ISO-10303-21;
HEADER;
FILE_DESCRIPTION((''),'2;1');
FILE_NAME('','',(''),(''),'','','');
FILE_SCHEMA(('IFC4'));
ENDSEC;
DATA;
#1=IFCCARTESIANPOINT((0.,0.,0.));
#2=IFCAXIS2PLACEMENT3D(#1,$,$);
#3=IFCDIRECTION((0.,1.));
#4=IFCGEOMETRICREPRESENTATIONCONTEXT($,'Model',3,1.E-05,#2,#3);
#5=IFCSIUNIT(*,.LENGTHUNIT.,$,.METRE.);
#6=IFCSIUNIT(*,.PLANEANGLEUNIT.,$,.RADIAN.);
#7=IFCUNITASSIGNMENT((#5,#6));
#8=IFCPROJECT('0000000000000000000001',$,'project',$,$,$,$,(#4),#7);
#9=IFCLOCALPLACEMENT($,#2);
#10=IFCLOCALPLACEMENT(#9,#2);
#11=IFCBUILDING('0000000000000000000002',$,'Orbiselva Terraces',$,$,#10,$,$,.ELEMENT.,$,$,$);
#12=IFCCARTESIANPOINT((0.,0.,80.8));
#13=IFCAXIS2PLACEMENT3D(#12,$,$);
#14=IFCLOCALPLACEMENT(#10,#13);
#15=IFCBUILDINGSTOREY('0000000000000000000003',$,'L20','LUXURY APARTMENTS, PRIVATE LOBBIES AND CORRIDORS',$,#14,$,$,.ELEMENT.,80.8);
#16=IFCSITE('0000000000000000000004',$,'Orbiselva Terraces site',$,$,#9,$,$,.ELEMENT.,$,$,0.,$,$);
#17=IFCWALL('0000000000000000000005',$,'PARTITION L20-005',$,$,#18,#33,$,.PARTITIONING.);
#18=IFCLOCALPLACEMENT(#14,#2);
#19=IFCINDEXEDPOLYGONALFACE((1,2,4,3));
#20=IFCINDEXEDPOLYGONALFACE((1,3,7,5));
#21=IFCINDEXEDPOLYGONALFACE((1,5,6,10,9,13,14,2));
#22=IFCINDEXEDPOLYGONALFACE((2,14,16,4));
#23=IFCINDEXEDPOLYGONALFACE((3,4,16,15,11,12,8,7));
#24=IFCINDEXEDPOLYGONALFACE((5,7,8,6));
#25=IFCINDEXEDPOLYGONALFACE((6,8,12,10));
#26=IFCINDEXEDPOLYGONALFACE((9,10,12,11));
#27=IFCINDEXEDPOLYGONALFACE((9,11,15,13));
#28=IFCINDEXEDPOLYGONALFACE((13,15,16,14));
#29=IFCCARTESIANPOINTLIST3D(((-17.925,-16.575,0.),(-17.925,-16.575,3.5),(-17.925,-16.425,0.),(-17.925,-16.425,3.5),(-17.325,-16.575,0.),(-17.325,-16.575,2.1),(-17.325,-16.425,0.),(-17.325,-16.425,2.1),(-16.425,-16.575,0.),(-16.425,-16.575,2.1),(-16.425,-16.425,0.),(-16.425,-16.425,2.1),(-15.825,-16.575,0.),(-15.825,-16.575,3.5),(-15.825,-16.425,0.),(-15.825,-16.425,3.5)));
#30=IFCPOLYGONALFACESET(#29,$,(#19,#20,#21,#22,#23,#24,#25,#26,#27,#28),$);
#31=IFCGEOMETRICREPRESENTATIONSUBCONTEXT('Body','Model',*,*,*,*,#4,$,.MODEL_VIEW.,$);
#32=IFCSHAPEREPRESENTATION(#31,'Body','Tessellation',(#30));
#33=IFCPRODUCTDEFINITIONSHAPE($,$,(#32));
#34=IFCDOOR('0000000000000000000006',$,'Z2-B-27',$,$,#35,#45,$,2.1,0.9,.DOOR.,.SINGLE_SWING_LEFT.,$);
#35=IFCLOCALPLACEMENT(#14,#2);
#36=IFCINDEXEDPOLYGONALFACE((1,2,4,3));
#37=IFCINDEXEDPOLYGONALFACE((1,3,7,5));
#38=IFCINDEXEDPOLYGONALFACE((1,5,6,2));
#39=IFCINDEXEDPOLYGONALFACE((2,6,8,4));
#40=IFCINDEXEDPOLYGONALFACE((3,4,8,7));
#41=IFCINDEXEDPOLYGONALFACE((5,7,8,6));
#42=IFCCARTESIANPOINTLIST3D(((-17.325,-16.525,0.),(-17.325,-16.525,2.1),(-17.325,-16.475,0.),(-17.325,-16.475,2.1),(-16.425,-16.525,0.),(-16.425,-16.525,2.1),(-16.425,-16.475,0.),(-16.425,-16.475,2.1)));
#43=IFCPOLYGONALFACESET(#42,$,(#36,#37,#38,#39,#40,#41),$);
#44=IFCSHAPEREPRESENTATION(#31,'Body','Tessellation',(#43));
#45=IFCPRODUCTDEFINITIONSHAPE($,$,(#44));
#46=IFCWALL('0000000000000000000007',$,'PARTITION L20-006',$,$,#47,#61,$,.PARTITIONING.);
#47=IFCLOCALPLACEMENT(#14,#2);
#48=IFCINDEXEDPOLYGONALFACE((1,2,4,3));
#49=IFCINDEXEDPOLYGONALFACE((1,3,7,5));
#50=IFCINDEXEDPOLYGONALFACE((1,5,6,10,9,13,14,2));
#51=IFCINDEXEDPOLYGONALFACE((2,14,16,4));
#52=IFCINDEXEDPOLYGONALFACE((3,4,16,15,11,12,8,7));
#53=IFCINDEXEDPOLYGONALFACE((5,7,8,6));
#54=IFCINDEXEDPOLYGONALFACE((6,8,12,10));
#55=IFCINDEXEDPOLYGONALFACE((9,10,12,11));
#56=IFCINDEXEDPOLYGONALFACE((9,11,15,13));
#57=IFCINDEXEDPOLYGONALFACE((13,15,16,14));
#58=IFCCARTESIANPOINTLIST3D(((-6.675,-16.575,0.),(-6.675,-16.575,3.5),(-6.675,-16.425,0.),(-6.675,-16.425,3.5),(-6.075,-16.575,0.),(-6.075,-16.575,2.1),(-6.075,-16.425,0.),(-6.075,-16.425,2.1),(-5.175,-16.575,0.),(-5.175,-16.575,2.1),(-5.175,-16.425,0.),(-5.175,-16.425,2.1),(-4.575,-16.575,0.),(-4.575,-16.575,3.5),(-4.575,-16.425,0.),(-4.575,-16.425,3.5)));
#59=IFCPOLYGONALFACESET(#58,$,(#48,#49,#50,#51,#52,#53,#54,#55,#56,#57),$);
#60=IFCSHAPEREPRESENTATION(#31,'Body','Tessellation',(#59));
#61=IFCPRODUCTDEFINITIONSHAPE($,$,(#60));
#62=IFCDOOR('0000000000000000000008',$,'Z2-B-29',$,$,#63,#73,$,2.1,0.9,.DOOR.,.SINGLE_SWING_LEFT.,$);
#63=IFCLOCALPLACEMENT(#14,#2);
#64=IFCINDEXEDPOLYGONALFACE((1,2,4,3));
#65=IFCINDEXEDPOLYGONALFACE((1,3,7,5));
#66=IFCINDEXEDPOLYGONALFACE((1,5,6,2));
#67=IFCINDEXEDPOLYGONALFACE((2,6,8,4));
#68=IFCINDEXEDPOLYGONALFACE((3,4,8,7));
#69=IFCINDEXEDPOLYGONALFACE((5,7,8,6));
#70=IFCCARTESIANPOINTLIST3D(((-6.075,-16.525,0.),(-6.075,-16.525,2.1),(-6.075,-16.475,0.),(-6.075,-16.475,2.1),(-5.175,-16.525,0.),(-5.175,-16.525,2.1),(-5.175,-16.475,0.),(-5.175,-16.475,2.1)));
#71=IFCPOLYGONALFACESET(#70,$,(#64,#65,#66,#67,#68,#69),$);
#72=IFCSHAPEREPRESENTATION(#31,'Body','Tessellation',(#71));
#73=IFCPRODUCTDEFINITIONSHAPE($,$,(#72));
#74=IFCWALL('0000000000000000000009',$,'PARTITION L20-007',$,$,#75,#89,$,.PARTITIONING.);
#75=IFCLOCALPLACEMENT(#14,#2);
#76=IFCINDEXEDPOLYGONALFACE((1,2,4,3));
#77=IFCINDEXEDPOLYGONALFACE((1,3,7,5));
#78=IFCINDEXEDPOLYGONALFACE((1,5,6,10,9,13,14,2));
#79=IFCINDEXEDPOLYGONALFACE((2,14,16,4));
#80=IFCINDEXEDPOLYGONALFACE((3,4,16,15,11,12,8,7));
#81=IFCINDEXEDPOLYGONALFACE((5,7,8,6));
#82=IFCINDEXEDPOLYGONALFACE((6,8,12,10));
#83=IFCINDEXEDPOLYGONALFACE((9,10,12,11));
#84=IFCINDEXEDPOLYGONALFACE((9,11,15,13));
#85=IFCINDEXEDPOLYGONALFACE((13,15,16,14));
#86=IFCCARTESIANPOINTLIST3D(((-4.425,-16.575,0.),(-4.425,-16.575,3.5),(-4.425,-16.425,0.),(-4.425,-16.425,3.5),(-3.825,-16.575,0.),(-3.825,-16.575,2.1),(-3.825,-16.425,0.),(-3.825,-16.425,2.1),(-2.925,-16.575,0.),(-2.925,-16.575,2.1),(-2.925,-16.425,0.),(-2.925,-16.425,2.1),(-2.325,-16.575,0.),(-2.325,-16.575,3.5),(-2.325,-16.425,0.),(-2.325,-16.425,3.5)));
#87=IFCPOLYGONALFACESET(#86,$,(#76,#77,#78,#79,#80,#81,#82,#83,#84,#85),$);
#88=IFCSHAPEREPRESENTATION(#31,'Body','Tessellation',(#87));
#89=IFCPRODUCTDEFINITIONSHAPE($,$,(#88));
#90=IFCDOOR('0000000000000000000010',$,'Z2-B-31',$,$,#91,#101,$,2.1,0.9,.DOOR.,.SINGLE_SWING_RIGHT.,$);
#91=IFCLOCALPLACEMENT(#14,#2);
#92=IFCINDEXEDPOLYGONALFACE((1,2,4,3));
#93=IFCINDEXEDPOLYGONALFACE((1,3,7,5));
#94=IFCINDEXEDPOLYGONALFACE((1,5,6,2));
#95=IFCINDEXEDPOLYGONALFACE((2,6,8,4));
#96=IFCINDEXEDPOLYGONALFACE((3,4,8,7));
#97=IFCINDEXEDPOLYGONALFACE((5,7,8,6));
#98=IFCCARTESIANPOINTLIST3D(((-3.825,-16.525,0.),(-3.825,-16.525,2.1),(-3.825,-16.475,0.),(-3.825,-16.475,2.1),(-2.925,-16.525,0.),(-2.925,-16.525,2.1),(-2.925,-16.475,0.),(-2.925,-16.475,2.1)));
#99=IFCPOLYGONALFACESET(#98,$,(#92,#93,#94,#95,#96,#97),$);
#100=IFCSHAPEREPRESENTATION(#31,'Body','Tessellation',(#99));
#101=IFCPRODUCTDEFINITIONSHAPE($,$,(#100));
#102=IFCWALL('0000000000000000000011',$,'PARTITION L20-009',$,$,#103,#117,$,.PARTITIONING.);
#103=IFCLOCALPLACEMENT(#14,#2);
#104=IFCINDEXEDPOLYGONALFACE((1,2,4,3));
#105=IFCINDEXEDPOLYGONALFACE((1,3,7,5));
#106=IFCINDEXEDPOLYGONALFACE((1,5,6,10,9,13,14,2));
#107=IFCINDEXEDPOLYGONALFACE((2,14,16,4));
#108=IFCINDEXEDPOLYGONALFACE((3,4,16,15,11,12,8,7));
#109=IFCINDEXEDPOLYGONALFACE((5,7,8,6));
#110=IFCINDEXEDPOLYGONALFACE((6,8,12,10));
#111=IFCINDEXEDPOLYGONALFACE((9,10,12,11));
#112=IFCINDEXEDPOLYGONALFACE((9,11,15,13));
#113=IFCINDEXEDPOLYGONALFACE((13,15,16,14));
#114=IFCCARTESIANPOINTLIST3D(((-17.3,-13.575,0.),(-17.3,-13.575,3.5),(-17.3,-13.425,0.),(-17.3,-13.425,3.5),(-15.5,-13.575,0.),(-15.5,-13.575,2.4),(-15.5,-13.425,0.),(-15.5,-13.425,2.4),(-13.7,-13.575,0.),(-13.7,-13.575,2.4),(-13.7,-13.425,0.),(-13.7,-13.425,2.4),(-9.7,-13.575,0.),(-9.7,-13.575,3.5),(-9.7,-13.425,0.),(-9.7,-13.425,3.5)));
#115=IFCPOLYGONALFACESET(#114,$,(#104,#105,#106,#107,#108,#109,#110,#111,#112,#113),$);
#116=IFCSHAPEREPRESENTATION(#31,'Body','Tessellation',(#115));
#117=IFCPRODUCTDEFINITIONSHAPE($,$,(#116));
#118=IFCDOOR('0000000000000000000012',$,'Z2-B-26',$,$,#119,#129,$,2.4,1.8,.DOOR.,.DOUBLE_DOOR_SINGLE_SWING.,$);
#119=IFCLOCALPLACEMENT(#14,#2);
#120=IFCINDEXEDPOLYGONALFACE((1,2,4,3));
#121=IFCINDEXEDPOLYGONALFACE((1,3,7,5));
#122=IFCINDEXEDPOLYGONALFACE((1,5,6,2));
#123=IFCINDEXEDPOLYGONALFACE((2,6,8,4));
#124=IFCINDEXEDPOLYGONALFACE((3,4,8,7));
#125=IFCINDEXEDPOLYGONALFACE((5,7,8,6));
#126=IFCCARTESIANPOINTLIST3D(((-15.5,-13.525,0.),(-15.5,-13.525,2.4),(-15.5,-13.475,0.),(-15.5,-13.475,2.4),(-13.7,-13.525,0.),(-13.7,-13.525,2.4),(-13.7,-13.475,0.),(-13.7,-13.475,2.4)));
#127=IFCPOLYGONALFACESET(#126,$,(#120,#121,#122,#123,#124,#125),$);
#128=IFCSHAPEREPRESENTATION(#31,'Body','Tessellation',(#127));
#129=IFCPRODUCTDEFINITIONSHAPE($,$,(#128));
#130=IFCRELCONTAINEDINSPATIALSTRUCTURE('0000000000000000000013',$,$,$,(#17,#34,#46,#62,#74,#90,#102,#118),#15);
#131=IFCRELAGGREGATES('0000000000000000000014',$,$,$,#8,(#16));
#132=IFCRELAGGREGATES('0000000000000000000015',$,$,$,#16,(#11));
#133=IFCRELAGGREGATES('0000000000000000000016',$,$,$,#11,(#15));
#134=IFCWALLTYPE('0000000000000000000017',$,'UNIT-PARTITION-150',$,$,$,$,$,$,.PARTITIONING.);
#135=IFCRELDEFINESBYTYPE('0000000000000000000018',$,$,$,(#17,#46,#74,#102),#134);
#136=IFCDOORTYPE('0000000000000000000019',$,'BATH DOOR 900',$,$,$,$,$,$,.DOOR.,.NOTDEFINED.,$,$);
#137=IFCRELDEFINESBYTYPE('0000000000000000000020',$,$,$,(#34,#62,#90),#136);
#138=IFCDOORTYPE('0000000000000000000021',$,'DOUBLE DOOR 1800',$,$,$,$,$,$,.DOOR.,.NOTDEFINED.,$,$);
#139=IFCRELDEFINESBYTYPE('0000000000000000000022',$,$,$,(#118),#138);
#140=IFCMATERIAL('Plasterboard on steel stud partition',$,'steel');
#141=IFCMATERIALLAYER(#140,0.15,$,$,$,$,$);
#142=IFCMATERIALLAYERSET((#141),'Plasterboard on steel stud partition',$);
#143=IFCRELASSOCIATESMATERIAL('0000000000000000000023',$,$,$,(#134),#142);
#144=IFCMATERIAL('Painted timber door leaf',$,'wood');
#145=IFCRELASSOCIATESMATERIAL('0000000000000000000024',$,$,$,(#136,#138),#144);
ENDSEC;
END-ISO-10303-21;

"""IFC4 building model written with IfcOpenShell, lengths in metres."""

from ifc_helpers import new_model, si_unit, direction, frame, frame_2d, origin, place, context, subcontext, project, spatial, rectangle, extrude, material, layer, layer_set, type_object, element, fill, save


model = new_model("IFC4")

# Units and contexts
model_context = context("Model", 3, precision=1e-05, world=origin(), true_north=direction((0.0, 1.0)))
body_context = subcontext(model_context, "Body", "Model", "MODEL_VIEW")
ifc_project = project(units=[si_unit("LENGTHUNIT", "METRE"), si_unit("PLANEANGLEUNIT", "RADIAN")], contexts=[model_context])

# Site, building, storey
site_placement = place(None, origin())
site = spatial("IfcSite", under=ifc_project, at=site_placement, Name="Orbiselva Terraces site", CompositionType="ELEMENT", RefElevation=0.0)
building_placement = place(site_placement, origin())
building = spatial("IfcBuilding", under=site, at=building_placement, Name="Orbiselva Terraces", CompositionType="ELEMENT")
storey_placement = place(building_placement, frame((0.0, 0.0, 80.8)))
storey = spatial("IfcBuildingStorey", under=building, at=storey_placement, Name="L20", Description="LUXURY APARTMENTS, PRIVATE LOBBIES AND CORRIDORS", CompositionType="ELEMENT", Elevation=80.8)

# Walls, openings, doors
ifc_material_1 = material(Name="Plasterboard on steel stud partition", Category="steel")
ifc_layer_1 = layer(ifc_material_1, 0.15)
ifc_layer_set_1 = layer_set([ifc_layer_1], Name="Plasterboard on steel stud partition")
wall_type_1 = type_object("IfcWallType", Name="UNIT-PARTITION-150", PredefinedType="PARTITIONING", material=ifc_layer_set_1)
wall_1_placement = place(storey_placement, frame((-17.925, -16.5, 0.0), z_axis=(0.0, 0.0, 1.0), x_axis=(1.0, 0.0, 0.0)))
wall_1 = element("IfcWall", 1, at=wall_1_placement, inside=storey, type_object=wall_type_1, Name="PARTITION L20-005", PredefinedType="PARTITIONING", context=body_context, shape_type="SweptSolid", body=[
    extrude(rectangle(XDim=2.1, YDim=0.15, at=frame_2d((1.05, 0.0))), origin(), (0.0, 0.0, 1.0), 3.5),
])
opening_1_placement = place(wall_1_placement, frame((0.6, 0.0, 0.0)))
opening_1 = element("IfcOpeningElement", 2, at=opening_1_placement, cuts=wall_1, PredefinedType="OPENING", context=body_context, shape_type="SweptSolid", body=[
    extrude(rectangle(XDim=0.9, YDim=2.1, at=frame_2d((0.45, 1.05))), frame((0.0, 0.085, 0.0), z_axis=(0.0, -1.0, 0.0), x_axis=(1.0, 0.0, 0.0)), (0.0, 0.0, 1.0), 0.17),
])
ifc_material_2 = material(Name="Painted timber door leaf", Category="wood")
door_type_1 = type_object("IfcDoorType", Name="BATH DOOR 900", OperationType="NOTDEFINED", PredefinedType="DOOR", material=ifc_material_2)
door_1_placement = place(opening_1_placement, origin())
door_1 = element("IfcDoor", 3, at=door_1_placement, inside=storey, type_object=door_type_1, Name="Z2-B-27", OperationType="SINGLE_SWING_LEFT", OverallHeight=2.1, OverallWidth=0.9, PredefinedType="DOOR", context=body_context, shape_type="SweptSolid", body=[
    extrude(rectangle(XDim=0.9, YDim=2.1, at=frame_2d((0.45, 1.05))), frame((0.0, 0.025, 0.0), z_axis=(0.0, -1.0, 0.0), x_axis=(1.0, 0.0, 0.0)), (0.0, 0.0, 1.0), 0.05),
])
fill(opening_1, door_1)
wall_2_placement = place(storey_placement, frame((-6.675, -16.5, 0.0), z_axis=(0.0, 0.0, 1.0), x_axis=(1.0, 0.0, 0.0)))
wall_2 = element("IfcWall", 4, at=wall_2_placement, inside=storey, type_object=wall_type_1, Name="PARTITION L20-006", PredefinedType="PARTITIONING", context=body_context, shape_type="SweptSolid", body=[
    extrude(rectangle(XDim=2.1, YDim=0.15, at=frame_2d((1.05, 0.0))), origin(), (0.0, 0.0, 1.0), 3.5),
])
opening_2_placement = place(wall_2_placement, frame((0.6, 0.0, 0.0)))
opening_2 = element("IfcOpeningElement", 5, at=opening_2_placement, cuts=wall_2, PredefinedType="OPENING", context=body_context, shape_type="SweptSolid", body=[
    extrude(rectangle(XDim=0.9, YDim=2.1, at=frame_2d((0.45, 1.05))), frame((0.0, 0.085, 0.0), z_axis=(0.0, -1.0, 0.0), x_axis=(1.0, 0.0, 0.0)), (0.0, 0.0, 1.0), 0.17),
])
door_2_placement = place(opening_2_placement, origin())
door_2 = element("IfcDoor", 6, at=door_2_placement, inside=storey, type_object=door_type_1, Name="Z2-B-29", OperationType="SINGLE_SWING_LEFT", OverallHeight=2.1, OverallWidth=0.9, PredefinedType="DOOR", context=body_context, shape_type="SweptSolid", body=[
    extrude(rectangle(XDim=0.9, YDim=2.1, at=frame_2d((0.45, 1.05))), frame((0.0, 0.025, 0.0), z_axis=(0.0, -1.0, 0.0), x_axis=(1.0, 0.0, 0.0)), (0.0, 0.0, 1.0), 0.05),
])
fill(opening_2, door_2)
wall_3_placement = place(storey_placement, frame((-4.425, -16.5, 0.0), z_axis=(0.0, 0.0, 1.0), x_axis=(1.0, 0.0, 0.0)))
wall_3 = element("IfcWall", 7, at=wall_3_placement, inside=storey, type_object=wall_type_1, Name="PARTITION L20-007", PredefinedType="PARTITIONING", context=body_context, shape_type="SweptSolid", body=[
    extrude(rectangle(XDim=2.1, YDim=0.15, at=frame_2d((1.05, 0.0))), origin(), (0.0, 0.0, 1.0), 3.5),
])
opening_3_placement = place(wall_3_placement, frame((0.6, 0.0, 0.0)))
opening_3 = element("IfcOpeningElement", 8, at=opening_3_placement, cuts=wall_3, PredefinedType="OPENING", context=body_context, shape_type="SweptSolid", body=[
    extrude(rectangle(XDim=0.9, YDim=2.1, at=frame_2d((0.45, 1.05))), frame((0.0, 0.085, 0.0), z_axis=(0.0, -1.0, 0.0), x_axis=(1.0, 0.0, 0.0)), (0.0, 0.0, 1.0), 0.17),
])
door_3_placement = place(opening_3_placement, origin())
door_3 = element("IfcDoor", 9, at=door_3_placement, inside=storey, type_object=door_type_1, Name="Z2-B-31", OperationType="SINGLE_SWING_RIGHT", OverallHeight=2.1, OverallWidth=0.9, PredefinedType="DOOR", context=body_context, shape_type="SweptSolid", body=[
    extrude(rectangle(XDim=0.9, YDim=2.1, at=frame_2d((0.45, 1.05))), frame((0.0, 0.025, 0.0), z_axis=(0.0, -1.0, 0.0), x_axis=(1.0, 0.0, 0.0)), (0.0, 0.0, 1.0), 0.05),
])
fill(opening_3, door_3)
wall_4_placement = place(storey_placement, frame((-9.7, -13.5, 0.0), z_axis=(0.0, 0.0, 1.0), x_axis=(-1.0, 0.0, 0.0)))
wall_4 = element("IfcWall", 10, at=wall_4_placement, inside=storey, type_object=wall_type_1, Name="PARTITION L20-009", PredefinedType="PARTITIONING", context=body_context, shape_type="SweptSolid", body=[
    extrude(rectangle(XDim=7.6, YDim=0.15, at=frame_2d((3.8, 0.0))), origin(), (0.0, 0.0, 1.0), 3.5),
])
opening_4_placement = place(wall_4_placement, frame((4.0, 0.0, 0.0)))
opening_4 = element("IfcOpeningElement", 11, at=opening_4_placement, cuts=wall_4, PredefinedType="OPENING", context=body_context, shape_type="SweptSolid", body=[
    extrude(rectangle(XDim=1.8, YDim=2.4, at=frame_2d((0.9, 1.2))), frame((0.0, 0.085, 0.0), z_axis=(0.0, -1.0, 0.0), x_axis=(1.0, 0.0, 0.0)), (0.0, 0.0, 1.0), 0.17),
])
door_type_2 = type_object("IfcDoorType", Name="DOUBLE DOOR 1800", OperationType="NOTDEFINED", PredefinedType="DOOR", material=ifc_material_2)
door_4_placement = place(opening_4_placement, origin())
door_4 = element("IfcDoor", 12, at=door_4_placement, inside=storey, type_object=door_type_2, Name="Z2-B-26", OperationType="DOUBLE_DOOR_SINGLE_SWING", OverallHeight=2.4, OverallWidth=1.8, PredefinedType="DOOR", context=body_context, shape_type="SweptSolid", body=[
    extrude(rectangle(XDim=1.8, YDim=2.4, at=frame_2d((0.9, 1.2))), frame((0.0, 0.025, 0.0), z_axis=(0.0, -1.0, 0.0), x_axis=(1.0, 0.0, 0.0)), (0.0, 0.0, 1.0), 0.05),
])
fill(opening_4, door_4)

save(model, "model.ifc")
